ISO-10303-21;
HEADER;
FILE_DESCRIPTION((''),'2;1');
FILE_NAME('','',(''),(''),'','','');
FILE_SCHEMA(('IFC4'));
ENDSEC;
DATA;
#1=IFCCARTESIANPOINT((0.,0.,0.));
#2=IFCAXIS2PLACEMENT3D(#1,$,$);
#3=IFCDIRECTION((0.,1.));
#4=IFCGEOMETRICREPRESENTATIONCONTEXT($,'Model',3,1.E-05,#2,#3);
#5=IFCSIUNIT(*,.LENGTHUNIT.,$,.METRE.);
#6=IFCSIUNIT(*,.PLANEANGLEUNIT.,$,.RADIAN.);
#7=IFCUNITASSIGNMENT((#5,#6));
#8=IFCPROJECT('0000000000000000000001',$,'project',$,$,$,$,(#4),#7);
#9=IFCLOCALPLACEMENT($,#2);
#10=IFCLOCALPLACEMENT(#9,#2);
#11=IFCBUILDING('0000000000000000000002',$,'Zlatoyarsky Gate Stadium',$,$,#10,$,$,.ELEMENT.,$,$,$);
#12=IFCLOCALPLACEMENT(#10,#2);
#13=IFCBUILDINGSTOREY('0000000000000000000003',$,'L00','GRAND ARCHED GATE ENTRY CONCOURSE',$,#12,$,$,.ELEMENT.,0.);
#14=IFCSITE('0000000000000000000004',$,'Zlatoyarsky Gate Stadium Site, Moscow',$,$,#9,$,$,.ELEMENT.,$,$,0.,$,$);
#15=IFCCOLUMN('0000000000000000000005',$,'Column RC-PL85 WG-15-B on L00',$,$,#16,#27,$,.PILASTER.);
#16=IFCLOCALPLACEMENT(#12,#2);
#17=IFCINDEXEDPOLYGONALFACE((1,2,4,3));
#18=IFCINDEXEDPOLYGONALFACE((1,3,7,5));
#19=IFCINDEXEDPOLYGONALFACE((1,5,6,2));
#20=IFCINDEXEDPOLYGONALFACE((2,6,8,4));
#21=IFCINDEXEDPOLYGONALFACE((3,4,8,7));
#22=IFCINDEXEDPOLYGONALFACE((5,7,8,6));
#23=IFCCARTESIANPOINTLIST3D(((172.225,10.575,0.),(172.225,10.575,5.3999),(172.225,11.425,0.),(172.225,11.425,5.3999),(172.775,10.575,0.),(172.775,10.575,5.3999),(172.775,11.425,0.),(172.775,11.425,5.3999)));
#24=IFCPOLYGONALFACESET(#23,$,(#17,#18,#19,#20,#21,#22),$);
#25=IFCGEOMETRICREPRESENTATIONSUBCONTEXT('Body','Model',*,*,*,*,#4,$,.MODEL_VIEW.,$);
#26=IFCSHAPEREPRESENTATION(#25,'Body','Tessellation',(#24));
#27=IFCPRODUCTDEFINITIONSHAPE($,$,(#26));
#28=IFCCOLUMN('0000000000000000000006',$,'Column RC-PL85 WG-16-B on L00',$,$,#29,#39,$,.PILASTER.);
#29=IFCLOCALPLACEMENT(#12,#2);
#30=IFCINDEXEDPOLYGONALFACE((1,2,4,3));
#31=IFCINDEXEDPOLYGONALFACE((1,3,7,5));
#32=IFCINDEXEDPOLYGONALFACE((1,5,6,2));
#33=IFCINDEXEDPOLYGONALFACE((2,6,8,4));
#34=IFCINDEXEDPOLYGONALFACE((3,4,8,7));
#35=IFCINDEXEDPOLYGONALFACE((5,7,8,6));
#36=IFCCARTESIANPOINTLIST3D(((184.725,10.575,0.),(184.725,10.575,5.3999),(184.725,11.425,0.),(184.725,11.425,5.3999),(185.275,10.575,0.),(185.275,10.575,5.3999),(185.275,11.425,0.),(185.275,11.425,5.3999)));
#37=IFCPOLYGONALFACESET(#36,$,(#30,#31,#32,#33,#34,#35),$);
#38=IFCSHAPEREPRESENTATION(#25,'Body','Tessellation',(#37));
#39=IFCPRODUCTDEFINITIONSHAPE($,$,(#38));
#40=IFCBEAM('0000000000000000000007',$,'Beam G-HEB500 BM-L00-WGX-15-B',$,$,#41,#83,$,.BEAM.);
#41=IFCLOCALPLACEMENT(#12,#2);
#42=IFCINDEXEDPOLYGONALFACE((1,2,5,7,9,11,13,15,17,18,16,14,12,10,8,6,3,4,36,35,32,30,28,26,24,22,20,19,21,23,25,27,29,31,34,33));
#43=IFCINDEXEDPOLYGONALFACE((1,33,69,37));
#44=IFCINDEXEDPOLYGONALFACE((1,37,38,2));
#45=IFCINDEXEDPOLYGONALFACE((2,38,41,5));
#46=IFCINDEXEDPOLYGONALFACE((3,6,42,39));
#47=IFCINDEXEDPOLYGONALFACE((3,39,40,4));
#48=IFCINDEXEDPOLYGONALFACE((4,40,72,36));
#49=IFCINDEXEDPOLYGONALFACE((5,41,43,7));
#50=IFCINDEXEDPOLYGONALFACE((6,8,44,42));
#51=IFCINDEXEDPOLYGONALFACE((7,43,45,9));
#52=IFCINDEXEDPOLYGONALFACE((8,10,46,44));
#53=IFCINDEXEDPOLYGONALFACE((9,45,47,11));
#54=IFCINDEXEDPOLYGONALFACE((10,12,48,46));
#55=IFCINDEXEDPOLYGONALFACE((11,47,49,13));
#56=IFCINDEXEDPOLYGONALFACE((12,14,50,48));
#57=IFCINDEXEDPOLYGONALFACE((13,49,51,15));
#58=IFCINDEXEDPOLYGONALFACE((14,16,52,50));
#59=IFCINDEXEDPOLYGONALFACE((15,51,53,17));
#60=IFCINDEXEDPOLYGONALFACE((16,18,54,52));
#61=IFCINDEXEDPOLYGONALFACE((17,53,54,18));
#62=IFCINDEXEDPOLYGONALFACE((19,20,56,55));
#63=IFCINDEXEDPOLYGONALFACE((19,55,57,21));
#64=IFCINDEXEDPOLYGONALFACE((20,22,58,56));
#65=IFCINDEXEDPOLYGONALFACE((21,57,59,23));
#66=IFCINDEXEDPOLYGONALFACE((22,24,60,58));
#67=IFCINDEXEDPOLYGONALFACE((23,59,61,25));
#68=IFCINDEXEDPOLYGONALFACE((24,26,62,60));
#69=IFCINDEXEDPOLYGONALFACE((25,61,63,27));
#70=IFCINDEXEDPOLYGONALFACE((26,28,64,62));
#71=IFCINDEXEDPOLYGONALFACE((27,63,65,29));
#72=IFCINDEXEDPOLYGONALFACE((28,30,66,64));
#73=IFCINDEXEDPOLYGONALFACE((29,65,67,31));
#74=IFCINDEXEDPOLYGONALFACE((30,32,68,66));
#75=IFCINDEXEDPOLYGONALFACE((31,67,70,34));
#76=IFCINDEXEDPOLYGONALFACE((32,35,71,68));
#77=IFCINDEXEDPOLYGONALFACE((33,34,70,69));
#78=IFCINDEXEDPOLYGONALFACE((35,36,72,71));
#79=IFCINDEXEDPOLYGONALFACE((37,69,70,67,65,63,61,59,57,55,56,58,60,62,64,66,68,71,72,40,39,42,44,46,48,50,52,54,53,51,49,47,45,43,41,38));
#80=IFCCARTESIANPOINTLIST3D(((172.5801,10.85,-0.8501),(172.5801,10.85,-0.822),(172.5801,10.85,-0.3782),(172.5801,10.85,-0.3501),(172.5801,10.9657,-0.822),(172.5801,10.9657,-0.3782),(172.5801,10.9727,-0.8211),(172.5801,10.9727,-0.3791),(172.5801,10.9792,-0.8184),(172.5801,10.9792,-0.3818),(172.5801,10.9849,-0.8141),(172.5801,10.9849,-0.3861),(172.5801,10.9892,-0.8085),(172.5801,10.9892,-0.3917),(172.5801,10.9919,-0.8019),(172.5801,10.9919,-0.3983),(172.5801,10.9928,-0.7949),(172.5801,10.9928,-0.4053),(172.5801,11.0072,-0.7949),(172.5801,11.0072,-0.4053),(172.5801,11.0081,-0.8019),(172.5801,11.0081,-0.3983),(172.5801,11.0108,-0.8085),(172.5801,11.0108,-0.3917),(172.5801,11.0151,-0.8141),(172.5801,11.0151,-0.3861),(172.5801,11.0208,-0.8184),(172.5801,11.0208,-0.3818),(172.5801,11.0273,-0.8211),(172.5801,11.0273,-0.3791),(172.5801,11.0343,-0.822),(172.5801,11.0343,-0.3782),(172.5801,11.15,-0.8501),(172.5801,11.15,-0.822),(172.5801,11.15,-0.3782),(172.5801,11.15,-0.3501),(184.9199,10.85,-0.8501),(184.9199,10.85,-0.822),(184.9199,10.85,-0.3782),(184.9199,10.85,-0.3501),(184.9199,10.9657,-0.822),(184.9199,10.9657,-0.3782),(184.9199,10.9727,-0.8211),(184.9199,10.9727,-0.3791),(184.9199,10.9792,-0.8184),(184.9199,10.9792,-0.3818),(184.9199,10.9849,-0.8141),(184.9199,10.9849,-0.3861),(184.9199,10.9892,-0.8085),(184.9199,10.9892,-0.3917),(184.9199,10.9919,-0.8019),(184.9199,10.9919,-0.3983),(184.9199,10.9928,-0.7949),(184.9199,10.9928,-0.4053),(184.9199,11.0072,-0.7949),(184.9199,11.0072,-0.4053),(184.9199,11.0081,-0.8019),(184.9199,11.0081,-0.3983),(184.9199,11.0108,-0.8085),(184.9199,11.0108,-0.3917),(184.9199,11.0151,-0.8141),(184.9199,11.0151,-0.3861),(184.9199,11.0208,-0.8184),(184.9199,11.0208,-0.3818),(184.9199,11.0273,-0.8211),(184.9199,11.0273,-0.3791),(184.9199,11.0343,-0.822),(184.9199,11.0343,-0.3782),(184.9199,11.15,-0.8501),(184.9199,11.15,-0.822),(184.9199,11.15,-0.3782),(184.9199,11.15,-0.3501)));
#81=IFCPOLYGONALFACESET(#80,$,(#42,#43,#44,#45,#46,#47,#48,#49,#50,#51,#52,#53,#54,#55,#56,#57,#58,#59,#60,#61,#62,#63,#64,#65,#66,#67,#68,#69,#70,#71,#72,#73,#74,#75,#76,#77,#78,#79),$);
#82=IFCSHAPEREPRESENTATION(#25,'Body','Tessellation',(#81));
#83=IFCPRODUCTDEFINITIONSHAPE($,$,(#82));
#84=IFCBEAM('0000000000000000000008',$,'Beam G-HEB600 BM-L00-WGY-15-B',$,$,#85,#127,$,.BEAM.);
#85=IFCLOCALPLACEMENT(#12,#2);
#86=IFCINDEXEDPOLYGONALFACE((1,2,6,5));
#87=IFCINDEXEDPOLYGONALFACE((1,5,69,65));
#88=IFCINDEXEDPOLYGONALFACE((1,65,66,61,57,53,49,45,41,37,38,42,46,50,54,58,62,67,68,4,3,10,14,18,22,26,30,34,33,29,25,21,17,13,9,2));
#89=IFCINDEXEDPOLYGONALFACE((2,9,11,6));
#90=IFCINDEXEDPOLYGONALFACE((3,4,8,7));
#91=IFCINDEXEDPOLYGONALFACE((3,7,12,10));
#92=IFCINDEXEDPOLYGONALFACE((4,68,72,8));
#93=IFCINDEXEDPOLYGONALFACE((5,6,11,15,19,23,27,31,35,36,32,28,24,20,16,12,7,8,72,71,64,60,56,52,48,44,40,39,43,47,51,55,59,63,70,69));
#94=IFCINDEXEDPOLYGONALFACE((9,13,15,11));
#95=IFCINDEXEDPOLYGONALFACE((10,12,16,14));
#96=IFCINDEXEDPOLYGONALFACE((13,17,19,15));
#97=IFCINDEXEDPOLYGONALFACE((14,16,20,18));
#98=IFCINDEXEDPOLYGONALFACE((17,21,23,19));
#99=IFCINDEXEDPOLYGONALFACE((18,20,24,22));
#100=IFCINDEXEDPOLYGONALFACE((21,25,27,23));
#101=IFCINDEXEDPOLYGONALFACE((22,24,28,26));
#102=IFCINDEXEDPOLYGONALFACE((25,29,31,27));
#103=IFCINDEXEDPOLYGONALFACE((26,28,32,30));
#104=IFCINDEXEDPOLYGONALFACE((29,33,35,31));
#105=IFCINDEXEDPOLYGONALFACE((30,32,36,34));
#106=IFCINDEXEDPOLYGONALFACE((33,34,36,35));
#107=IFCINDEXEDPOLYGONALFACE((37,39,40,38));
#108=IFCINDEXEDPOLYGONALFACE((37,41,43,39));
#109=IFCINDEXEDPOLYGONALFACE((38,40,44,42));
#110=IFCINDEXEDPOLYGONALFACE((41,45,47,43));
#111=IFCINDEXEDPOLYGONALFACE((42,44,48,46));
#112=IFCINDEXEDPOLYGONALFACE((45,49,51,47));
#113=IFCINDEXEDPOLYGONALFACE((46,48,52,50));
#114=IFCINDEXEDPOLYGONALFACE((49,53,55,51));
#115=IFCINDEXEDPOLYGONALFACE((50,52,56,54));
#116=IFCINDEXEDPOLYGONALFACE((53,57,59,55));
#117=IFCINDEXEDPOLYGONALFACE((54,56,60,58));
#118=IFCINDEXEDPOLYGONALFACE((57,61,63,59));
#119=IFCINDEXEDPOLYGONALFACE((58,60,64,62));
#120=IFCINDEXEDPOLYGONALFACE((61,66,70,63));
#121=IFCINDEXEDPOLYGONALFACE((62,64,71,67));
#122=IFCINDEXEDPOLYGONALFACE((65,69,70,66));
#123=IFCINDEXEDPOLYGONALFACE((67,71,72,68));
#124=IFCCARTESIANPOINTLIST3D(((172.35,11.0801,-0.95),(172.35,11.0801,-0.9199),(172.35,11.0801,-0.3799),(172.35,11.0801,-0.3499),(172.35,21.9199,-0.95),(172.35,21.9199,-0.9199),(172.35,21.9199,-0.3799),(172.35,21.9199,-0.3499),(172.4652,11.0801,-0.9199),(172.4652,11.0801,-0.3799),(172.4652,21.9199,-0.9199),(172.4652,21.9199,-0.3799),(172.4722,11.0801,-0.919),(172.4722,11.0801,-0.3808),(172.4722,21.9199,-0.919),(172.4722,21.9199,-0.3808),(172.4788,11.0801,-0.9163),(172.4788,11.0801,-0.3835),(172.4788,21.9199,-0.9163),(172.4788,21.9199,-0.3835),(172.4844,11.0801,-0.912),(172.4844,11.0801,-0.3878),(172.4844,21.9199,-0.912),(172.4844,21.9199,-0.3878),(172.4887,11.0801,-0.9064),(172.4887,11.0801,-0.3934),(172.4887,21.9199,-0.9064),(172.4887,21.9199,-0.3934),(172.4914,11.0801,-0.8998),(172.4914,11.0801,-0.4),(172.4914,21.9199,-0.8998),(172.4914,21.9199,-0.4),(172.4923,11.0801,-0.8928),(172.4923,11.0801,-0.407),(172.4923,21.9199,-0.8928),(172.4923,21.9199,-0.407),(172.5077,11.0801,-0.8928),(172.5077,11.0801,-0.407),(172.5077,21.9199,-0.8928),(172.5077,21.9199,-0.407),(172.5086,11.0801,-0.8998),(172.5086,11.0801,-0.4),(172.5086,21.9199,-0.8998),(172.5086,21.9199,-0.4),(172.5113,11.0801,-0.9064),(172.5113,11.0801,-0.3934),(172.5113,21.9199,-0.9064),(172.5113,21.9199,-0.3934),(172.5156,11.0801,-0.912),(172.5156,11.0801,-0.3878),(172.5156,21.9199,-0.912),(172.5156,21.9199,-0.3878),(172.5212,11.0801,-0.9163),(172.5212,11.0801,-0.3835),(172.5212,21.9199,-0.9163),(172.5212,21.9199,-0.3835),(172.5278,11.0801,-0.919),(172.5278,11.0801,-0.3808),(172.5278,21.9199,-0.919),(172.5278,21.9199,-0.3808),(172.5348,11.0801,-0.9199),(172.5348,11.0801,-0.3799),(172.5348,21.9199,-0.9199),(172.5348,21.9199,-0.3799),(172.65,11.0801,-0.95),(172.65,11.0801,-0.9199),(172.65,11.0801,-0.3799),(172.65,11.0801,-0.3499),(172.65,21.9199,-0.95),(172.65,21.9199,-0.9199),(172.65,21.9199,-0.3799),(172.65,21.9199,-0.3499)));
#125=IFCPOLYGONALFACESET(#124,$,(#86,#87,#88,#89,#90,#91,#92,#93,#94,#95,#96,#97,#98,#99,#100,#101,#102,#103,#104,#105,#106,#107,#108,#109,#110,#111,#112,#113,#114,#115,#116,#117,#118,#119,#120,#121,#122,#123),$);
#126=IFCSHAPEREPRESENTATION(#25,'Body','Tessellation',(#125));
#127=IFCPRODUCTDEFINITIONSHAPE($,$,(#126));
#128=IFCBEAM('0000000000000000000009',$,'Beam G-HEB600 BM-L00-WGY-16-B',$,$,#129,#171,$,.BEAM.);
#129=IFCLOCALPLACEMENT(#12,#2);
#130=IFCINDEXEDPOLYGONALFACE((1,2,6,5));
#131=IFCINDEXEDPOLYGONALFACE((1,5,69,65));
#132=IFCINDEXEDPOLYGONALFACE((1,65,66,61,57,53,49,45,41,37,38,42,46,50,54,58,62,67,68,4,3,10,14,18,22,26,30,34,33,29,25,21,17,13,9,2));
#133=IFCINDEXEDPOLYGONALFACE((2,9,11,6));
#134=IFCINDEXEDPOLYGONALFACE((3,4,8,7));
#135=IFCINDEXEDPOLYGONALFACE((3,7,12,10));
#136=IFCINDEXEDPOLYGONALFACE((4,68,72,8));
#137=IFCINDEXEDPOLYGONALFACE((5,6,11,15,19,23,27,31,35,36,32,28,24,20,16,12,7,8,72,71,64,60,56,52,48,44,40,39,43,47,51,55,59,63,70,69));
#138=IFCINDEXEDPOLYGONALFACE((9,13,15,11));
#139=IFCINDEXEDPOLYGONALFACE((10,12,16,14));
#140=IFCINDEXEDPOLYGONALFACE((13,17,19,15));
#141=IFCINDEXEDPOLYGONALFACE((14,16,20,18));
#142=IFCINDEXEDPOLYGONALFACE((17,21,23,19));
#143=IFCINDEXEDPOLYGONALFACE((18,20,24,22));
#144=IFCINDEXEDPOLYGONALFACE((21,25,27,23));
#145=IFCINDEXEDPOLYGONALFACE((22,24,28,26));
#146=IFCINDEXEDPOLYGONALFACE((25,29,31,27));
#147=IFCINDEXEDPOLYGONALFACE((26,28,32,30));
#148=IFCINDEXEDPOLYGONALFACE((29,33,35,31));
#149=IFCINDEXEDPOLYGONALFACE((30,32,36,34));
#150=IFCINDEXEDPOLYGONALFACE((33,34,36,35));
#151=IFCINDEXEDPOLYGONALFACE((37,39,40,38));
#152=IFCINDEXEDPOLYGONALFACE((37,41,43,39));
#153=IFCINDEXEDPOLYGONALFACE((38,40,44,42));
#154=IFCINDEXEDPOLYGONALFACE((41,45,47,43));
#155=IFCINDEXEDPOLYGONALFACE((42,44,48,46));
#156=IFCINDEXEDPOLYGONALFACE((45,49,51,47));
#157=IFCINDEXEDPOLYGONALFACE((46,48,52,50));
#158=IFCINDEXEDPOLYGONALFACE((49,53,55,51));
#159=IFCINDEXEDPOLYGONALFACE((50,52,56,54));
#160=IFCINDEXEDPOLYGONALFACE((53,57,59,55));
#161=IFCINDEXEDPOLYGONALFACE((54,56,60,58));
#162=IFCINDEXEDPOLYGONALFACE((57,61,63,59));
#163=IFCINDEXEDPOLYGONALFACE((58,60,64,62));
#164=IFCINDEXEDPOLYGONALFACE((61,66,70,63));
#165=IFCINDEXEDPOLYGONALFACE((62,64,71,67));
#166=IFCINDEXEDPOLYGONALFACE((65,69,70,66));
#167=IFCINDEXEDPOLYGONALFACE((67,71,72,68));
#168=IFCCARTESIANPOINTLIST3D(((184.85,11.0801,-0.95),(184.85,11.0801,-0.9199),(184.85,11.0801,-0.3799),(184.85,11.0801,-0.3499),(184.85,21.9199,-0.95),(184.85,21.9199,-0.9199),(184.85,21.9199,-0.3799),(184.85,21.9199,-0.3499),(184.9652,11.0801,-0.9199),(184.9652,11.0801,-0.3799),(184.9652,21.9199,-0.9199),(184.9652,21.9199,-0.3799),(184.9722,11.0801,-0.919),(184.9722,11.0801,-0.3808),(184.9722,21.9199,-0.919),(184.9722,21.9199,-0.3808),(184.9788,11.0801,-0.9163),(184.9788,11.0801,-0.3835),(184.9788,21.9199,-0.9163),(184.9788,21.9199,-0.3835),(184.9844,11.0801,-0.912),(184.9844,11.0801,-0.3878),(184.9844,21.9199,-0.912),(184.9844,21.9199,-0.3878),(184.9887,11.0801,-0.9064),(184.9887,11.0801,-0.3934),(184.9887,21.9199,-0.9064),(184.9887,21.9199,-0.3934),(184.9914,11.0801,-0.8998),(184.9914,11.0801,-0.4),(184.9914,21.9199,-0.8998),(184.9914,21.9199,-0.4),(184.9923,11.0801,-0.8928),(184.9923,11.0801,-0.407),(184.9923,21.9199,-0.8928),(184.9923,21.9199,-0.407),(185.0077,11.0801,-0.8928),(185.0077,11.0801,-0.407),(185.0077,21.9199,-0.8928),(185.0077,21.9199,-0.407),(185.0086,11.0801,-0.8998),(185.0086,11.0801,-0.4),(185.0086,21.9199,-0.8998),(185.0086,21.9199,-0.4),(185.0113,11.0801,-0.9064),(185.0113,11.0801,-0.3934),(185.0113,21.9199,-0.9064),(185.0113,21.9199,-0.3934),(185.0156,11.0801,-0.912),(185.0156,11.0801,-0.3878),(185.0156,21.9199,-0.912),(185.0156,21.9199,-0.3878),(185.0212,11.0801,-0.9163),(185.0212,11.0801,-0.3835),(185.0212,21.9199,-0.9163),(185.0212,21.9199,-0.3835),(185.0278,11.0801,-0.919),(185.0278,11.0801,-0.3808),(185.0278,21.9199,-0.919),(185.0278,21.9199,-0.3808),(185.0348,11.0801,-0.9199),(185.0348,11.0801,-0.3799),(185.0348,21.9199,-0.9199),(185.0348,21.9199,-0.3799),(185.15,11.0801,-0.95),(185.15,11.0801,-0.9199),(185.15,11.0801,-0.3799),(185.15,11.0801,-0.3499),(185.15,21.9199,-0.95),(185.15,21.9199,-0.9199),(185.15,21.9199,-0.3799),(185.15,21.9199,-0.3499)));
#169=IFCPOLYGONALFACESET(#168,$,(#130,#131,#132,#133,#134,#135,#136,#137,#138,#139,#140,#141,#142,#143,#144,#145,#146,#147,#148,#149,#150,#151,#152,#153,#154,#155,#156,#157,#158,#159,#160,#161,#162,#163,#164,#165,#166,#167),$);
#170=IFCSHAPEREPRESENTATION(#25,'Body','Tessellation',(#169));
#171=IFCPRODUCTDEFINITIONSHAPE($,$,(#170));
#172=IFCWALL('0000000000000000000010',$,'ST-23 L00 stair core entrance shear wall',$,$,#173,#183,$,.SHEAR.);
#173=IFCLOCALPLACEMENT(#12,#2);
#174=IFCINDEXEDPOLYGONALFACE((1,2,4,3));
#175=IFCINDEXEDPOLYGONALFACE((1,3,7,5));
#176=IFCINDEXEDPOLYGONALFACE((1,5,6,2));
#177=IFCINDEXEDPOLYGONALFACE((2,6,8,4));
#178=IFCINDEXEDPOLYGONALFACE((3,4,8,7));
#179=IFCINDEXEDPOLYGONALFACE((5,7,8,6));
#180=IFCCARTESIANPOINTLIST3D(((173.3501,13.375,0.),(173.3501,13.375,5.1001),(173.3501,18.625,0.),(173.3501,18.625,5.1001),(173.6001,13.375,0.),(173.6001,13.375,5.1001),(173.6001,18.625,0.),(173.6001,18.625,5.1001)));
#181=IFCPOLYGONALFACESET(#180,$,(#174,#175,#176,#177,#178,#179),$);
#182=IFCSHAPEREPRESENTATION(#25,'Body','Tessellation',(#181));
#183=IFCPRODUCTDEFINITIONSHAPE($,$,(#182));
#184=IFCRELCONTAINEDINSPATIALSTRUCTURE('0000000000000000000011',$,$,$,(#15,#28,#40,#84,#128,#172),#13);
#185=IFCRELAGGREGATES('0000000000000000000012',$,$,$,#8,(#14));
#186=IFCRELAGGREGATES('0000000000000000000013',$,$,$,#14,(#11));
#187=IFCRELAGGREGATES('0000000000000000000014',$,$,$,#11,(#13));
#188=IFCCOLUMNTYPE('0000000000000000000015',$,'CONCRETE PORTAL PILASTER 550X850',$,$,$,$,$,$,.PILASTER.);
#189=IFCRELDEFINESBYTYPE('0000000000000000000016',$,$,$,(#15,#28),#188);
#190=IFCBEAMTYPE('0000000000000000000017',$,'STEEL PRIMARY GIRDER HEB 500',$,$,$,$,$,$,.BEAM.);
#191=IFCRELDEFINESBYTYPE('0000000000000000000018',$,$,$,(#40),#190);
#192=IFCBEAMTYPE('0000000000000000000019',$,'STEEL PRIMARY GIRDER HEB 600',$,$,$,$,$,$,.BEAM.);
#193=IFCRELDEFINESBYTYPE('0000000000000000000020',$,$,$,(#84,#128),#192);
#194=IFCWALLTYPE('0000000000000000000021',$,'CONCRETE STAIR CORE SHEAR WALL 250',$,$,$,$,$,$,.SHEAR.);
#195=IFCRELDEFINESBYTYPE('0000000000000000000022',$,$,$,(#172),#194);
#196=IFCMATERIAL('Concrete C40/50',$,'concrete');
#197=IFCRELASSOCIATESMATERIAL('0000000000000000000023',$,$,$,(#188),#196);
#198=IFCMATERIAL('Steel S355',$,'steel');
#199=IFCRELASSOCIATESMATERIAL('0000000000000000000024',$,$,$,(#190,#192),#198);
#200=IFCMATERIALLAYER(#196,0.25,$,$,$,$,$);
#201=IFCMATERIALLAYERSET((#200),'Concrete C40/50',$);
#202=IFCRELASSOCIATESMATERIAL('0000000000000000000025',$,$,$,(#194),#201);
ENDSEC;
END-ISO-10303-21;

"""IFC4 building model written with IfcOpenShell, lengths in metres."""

from ifc_helpers import new_model, si_unit, direction, frame, frame_2d, origin, origin_2d, place, context, subcontext, project, spatial, rectangle, i_section, extrude, material, layer, layer_set, material_profile, profile_set, type_object, element, save


model = new_model("IFC4")

# Units and contexts
model_context = context("Model", 3, precision=1e-05, world=origin(), true_north=direction((0.0, 1.0)))
body_context = subcontext(model_context, "Body", "Model", "MODEL_VIEW")
ifc_project = project(units=[si_unit("LENGTHUNIT", "METRE"), si_unit("PLANEANGLEUNIT", "RADIAN")], contexts=[model_context])

# Site, building, storey
site_placement = place(None, origin())
site = spatial("IfcSite", under=ifc_project, at=site_placement, Name="Zlatoyarsky Gate Stadium Site, Moscow", CompositionType="ELEMENT", RefElevation=0.0)
building_placement = place(site_placement, origin())
building = spatial("IfcBuilding", under=site, at=building_placement, Name="Zlatoyarsky Gate Stadium", CompositionType="ELEMENT")
storey_placement = place(building_placement, origin())
storey = spatial("IfcBuildingStorey", under=building, at=storey_placement, Name="L00", Description="GRAND ARCHED GATE ENTRY CONCOURSE", CompositionType="ELEMENT", Elevation=0.0)

# Columns
ifc_material_1 = material(Name="Concrete C40/50", Category="concrete")
ifc_material_profile_1 = material_profile(ifc_material_1, rectangle(XDim=0.55, YDim=0.8501, at=origin_2d()), Name="RC PILASTER 550X850")
ifc_profile_set_1 = profile_set([ifc_material_profile_1], Name="Concrete C40/50")
column_type = type_object("IfcColumnType", Name="CONCRETE PORTAL PILASTER 550X850", PredefinedType="PILASTER", material=ifc_profile_set_1)
for number, where, z_axis, x_axis, name in (
    (1, (172.5, 11.0, 0.0), (0.0, 0.0, 1.0), (1.0, 0.0, 0.0), "Column RC-PL85 WG-15-B on L00"),
    (2, (185.0, 11.0, 0.0), (0.0, 0.0, 1.0), (1.0, 0.0, 0.0), "Column RC-PL85 WG-16-B on L00"),
):
    element("IfcColumn", number, at=place(storey_placement, frame(where, z_axis=z_axis, x_axis=x_axis)), inside=storey, type_object=column_type, Name=name, PredefinedType="PILASTER", context=body_context, shape_type="SweptSolid", body=[
        extrude(rectangle(XDim=0.55, YDim=0.8501, at=origin_2d()), origin(), (0.0, 0.0, 1.0), 5.3999),
    ])

# Beams
ifc_material_2 = material(Name="Steel S355", Category="steel")
ifc_material_profile_2 = material_profile(ifc_material_2, i_section(OverallWidth=0.3, OverallDepth=0.5, WebThickness=0.0144, FlangeThickness=0.0281, FilletRadius=0.0271, at=origin_2d()), Name="HEB 500")
ifc_profile_set_2 = profile_set([ifc_material_profile_2], Name="Steel S355")
beam_type_1 = type_object("IfcBeamType", Name="STEEL PRIMARY GIRDER HEB 500", PredefinedType="BEAM", material=ifc_profile_set_2)
beam_placement = place(storey_placement, frame((172.5801, 11.0, -0.6001), z_axis=(1.0, 0.0, 0.0), x_axis=(0.0, 1.0, 0.0)))
element("IfcBeam", 3, at=beam_placement, inside=storey, type_object=beam_type_1, Name="Beam G-HEB500 BM-L00-WGX-15-B", PredefinedType="BEAM", context=body_context, shape_type="SweptSolid", body=[
    extrude(i_section(OverallWidth=0.3, OverallDepth=0.5, WebThickness=0.0144, FlangeThickness=0.0281, FilletRadius=0.0271, at=origin_2d()), origin(), (0.0, 0.0, 1.0), 12.3398),
])
ifc_material_profile_3 = material_profile(ifc_material_2, i_section(OverallWidth=0.3, OverallDepth=0.6001, WebThickness=0.0154, FlangeThickness=0.03, FilletRadius=0.0271, at=origin_2d()), Name="HEB 600")
ifc_profile_set_3 = profile_set([ifc_material_profile_3], Name="Steel S355")
beam_type_2 = type_object("IfcBeamType", Name="STEEL PRIMARY GIRDER HEB 600", PredefinedType="BEAM", material=ifc_profile_set_3)
for number, where, z_axis, x_axis, name in (
    (4, (172.5, 11.0801, -0.6499), (0.0, 1.0, 0.0), (-1.0, 0.0, 0.0), "Beam G-HEB600 BM-L00-WGY-15-B"),
    (5, (185.0, 11.0801, -0.6499), (0.0, 1.0, 0.0), (-1.0, 0.0, 0.0), "Beam G-HEB600 BM-L00-WGY-16-B"),
):
    element("IfcBeam", number, at=place(storey_placement, frame(where, z_axis=z_axis, x_axis=x_axis)), inside=storey, type_object=beam_type_2, Name=name, PredefinedType="BEAM", context=body_context, shape_type="SweptSolid", body=[
        extrude(i_section(OverallWidth=0.3, OverallDepth=0.6001, WebThickness=0.0154, FlangeThickness=0.03, FilletRadius=0.0271, at=origin_2d()), origin(), (0.0, 0.0, 1.0), 10.8398),
    ])

# Wall
ifc_layer_1 = layer(ifc_material_1, 0.25)
ifc_layer_set_1 = layer_set([ifc_layer_1], Name="Concrete C40/50")
wall_type_1 = type_object("IfcWallType", Name="CONCRETE STAIR CORE SHEAR WALL 250", PredefinedType="SHEAR", material=ifc_layer_set_1)
wall_1_placement = place(storey_placement, frame((173.4751, 18.625, 0.0), z_axis=(0.0, 0.0, 1.0), x_axis=(0.0, -1.0, 0.0)))
element("IfcWall", 6, at=wall_1_placement, inside=storey, type_object=wall_type_1, Name="ST-23 L00 stair core entrance shear wall", PredefinedType="SHEAR", context=body_context, shape_type="SweptSolid", body=[
    extrude(rectangle(XDim=5.25, YDim=0.25, at=frame_2d((2.625, 0.0))), origin(), (0.0, 0.0, 1.0), 5.1001),
])

save(model, "model.ifc")
